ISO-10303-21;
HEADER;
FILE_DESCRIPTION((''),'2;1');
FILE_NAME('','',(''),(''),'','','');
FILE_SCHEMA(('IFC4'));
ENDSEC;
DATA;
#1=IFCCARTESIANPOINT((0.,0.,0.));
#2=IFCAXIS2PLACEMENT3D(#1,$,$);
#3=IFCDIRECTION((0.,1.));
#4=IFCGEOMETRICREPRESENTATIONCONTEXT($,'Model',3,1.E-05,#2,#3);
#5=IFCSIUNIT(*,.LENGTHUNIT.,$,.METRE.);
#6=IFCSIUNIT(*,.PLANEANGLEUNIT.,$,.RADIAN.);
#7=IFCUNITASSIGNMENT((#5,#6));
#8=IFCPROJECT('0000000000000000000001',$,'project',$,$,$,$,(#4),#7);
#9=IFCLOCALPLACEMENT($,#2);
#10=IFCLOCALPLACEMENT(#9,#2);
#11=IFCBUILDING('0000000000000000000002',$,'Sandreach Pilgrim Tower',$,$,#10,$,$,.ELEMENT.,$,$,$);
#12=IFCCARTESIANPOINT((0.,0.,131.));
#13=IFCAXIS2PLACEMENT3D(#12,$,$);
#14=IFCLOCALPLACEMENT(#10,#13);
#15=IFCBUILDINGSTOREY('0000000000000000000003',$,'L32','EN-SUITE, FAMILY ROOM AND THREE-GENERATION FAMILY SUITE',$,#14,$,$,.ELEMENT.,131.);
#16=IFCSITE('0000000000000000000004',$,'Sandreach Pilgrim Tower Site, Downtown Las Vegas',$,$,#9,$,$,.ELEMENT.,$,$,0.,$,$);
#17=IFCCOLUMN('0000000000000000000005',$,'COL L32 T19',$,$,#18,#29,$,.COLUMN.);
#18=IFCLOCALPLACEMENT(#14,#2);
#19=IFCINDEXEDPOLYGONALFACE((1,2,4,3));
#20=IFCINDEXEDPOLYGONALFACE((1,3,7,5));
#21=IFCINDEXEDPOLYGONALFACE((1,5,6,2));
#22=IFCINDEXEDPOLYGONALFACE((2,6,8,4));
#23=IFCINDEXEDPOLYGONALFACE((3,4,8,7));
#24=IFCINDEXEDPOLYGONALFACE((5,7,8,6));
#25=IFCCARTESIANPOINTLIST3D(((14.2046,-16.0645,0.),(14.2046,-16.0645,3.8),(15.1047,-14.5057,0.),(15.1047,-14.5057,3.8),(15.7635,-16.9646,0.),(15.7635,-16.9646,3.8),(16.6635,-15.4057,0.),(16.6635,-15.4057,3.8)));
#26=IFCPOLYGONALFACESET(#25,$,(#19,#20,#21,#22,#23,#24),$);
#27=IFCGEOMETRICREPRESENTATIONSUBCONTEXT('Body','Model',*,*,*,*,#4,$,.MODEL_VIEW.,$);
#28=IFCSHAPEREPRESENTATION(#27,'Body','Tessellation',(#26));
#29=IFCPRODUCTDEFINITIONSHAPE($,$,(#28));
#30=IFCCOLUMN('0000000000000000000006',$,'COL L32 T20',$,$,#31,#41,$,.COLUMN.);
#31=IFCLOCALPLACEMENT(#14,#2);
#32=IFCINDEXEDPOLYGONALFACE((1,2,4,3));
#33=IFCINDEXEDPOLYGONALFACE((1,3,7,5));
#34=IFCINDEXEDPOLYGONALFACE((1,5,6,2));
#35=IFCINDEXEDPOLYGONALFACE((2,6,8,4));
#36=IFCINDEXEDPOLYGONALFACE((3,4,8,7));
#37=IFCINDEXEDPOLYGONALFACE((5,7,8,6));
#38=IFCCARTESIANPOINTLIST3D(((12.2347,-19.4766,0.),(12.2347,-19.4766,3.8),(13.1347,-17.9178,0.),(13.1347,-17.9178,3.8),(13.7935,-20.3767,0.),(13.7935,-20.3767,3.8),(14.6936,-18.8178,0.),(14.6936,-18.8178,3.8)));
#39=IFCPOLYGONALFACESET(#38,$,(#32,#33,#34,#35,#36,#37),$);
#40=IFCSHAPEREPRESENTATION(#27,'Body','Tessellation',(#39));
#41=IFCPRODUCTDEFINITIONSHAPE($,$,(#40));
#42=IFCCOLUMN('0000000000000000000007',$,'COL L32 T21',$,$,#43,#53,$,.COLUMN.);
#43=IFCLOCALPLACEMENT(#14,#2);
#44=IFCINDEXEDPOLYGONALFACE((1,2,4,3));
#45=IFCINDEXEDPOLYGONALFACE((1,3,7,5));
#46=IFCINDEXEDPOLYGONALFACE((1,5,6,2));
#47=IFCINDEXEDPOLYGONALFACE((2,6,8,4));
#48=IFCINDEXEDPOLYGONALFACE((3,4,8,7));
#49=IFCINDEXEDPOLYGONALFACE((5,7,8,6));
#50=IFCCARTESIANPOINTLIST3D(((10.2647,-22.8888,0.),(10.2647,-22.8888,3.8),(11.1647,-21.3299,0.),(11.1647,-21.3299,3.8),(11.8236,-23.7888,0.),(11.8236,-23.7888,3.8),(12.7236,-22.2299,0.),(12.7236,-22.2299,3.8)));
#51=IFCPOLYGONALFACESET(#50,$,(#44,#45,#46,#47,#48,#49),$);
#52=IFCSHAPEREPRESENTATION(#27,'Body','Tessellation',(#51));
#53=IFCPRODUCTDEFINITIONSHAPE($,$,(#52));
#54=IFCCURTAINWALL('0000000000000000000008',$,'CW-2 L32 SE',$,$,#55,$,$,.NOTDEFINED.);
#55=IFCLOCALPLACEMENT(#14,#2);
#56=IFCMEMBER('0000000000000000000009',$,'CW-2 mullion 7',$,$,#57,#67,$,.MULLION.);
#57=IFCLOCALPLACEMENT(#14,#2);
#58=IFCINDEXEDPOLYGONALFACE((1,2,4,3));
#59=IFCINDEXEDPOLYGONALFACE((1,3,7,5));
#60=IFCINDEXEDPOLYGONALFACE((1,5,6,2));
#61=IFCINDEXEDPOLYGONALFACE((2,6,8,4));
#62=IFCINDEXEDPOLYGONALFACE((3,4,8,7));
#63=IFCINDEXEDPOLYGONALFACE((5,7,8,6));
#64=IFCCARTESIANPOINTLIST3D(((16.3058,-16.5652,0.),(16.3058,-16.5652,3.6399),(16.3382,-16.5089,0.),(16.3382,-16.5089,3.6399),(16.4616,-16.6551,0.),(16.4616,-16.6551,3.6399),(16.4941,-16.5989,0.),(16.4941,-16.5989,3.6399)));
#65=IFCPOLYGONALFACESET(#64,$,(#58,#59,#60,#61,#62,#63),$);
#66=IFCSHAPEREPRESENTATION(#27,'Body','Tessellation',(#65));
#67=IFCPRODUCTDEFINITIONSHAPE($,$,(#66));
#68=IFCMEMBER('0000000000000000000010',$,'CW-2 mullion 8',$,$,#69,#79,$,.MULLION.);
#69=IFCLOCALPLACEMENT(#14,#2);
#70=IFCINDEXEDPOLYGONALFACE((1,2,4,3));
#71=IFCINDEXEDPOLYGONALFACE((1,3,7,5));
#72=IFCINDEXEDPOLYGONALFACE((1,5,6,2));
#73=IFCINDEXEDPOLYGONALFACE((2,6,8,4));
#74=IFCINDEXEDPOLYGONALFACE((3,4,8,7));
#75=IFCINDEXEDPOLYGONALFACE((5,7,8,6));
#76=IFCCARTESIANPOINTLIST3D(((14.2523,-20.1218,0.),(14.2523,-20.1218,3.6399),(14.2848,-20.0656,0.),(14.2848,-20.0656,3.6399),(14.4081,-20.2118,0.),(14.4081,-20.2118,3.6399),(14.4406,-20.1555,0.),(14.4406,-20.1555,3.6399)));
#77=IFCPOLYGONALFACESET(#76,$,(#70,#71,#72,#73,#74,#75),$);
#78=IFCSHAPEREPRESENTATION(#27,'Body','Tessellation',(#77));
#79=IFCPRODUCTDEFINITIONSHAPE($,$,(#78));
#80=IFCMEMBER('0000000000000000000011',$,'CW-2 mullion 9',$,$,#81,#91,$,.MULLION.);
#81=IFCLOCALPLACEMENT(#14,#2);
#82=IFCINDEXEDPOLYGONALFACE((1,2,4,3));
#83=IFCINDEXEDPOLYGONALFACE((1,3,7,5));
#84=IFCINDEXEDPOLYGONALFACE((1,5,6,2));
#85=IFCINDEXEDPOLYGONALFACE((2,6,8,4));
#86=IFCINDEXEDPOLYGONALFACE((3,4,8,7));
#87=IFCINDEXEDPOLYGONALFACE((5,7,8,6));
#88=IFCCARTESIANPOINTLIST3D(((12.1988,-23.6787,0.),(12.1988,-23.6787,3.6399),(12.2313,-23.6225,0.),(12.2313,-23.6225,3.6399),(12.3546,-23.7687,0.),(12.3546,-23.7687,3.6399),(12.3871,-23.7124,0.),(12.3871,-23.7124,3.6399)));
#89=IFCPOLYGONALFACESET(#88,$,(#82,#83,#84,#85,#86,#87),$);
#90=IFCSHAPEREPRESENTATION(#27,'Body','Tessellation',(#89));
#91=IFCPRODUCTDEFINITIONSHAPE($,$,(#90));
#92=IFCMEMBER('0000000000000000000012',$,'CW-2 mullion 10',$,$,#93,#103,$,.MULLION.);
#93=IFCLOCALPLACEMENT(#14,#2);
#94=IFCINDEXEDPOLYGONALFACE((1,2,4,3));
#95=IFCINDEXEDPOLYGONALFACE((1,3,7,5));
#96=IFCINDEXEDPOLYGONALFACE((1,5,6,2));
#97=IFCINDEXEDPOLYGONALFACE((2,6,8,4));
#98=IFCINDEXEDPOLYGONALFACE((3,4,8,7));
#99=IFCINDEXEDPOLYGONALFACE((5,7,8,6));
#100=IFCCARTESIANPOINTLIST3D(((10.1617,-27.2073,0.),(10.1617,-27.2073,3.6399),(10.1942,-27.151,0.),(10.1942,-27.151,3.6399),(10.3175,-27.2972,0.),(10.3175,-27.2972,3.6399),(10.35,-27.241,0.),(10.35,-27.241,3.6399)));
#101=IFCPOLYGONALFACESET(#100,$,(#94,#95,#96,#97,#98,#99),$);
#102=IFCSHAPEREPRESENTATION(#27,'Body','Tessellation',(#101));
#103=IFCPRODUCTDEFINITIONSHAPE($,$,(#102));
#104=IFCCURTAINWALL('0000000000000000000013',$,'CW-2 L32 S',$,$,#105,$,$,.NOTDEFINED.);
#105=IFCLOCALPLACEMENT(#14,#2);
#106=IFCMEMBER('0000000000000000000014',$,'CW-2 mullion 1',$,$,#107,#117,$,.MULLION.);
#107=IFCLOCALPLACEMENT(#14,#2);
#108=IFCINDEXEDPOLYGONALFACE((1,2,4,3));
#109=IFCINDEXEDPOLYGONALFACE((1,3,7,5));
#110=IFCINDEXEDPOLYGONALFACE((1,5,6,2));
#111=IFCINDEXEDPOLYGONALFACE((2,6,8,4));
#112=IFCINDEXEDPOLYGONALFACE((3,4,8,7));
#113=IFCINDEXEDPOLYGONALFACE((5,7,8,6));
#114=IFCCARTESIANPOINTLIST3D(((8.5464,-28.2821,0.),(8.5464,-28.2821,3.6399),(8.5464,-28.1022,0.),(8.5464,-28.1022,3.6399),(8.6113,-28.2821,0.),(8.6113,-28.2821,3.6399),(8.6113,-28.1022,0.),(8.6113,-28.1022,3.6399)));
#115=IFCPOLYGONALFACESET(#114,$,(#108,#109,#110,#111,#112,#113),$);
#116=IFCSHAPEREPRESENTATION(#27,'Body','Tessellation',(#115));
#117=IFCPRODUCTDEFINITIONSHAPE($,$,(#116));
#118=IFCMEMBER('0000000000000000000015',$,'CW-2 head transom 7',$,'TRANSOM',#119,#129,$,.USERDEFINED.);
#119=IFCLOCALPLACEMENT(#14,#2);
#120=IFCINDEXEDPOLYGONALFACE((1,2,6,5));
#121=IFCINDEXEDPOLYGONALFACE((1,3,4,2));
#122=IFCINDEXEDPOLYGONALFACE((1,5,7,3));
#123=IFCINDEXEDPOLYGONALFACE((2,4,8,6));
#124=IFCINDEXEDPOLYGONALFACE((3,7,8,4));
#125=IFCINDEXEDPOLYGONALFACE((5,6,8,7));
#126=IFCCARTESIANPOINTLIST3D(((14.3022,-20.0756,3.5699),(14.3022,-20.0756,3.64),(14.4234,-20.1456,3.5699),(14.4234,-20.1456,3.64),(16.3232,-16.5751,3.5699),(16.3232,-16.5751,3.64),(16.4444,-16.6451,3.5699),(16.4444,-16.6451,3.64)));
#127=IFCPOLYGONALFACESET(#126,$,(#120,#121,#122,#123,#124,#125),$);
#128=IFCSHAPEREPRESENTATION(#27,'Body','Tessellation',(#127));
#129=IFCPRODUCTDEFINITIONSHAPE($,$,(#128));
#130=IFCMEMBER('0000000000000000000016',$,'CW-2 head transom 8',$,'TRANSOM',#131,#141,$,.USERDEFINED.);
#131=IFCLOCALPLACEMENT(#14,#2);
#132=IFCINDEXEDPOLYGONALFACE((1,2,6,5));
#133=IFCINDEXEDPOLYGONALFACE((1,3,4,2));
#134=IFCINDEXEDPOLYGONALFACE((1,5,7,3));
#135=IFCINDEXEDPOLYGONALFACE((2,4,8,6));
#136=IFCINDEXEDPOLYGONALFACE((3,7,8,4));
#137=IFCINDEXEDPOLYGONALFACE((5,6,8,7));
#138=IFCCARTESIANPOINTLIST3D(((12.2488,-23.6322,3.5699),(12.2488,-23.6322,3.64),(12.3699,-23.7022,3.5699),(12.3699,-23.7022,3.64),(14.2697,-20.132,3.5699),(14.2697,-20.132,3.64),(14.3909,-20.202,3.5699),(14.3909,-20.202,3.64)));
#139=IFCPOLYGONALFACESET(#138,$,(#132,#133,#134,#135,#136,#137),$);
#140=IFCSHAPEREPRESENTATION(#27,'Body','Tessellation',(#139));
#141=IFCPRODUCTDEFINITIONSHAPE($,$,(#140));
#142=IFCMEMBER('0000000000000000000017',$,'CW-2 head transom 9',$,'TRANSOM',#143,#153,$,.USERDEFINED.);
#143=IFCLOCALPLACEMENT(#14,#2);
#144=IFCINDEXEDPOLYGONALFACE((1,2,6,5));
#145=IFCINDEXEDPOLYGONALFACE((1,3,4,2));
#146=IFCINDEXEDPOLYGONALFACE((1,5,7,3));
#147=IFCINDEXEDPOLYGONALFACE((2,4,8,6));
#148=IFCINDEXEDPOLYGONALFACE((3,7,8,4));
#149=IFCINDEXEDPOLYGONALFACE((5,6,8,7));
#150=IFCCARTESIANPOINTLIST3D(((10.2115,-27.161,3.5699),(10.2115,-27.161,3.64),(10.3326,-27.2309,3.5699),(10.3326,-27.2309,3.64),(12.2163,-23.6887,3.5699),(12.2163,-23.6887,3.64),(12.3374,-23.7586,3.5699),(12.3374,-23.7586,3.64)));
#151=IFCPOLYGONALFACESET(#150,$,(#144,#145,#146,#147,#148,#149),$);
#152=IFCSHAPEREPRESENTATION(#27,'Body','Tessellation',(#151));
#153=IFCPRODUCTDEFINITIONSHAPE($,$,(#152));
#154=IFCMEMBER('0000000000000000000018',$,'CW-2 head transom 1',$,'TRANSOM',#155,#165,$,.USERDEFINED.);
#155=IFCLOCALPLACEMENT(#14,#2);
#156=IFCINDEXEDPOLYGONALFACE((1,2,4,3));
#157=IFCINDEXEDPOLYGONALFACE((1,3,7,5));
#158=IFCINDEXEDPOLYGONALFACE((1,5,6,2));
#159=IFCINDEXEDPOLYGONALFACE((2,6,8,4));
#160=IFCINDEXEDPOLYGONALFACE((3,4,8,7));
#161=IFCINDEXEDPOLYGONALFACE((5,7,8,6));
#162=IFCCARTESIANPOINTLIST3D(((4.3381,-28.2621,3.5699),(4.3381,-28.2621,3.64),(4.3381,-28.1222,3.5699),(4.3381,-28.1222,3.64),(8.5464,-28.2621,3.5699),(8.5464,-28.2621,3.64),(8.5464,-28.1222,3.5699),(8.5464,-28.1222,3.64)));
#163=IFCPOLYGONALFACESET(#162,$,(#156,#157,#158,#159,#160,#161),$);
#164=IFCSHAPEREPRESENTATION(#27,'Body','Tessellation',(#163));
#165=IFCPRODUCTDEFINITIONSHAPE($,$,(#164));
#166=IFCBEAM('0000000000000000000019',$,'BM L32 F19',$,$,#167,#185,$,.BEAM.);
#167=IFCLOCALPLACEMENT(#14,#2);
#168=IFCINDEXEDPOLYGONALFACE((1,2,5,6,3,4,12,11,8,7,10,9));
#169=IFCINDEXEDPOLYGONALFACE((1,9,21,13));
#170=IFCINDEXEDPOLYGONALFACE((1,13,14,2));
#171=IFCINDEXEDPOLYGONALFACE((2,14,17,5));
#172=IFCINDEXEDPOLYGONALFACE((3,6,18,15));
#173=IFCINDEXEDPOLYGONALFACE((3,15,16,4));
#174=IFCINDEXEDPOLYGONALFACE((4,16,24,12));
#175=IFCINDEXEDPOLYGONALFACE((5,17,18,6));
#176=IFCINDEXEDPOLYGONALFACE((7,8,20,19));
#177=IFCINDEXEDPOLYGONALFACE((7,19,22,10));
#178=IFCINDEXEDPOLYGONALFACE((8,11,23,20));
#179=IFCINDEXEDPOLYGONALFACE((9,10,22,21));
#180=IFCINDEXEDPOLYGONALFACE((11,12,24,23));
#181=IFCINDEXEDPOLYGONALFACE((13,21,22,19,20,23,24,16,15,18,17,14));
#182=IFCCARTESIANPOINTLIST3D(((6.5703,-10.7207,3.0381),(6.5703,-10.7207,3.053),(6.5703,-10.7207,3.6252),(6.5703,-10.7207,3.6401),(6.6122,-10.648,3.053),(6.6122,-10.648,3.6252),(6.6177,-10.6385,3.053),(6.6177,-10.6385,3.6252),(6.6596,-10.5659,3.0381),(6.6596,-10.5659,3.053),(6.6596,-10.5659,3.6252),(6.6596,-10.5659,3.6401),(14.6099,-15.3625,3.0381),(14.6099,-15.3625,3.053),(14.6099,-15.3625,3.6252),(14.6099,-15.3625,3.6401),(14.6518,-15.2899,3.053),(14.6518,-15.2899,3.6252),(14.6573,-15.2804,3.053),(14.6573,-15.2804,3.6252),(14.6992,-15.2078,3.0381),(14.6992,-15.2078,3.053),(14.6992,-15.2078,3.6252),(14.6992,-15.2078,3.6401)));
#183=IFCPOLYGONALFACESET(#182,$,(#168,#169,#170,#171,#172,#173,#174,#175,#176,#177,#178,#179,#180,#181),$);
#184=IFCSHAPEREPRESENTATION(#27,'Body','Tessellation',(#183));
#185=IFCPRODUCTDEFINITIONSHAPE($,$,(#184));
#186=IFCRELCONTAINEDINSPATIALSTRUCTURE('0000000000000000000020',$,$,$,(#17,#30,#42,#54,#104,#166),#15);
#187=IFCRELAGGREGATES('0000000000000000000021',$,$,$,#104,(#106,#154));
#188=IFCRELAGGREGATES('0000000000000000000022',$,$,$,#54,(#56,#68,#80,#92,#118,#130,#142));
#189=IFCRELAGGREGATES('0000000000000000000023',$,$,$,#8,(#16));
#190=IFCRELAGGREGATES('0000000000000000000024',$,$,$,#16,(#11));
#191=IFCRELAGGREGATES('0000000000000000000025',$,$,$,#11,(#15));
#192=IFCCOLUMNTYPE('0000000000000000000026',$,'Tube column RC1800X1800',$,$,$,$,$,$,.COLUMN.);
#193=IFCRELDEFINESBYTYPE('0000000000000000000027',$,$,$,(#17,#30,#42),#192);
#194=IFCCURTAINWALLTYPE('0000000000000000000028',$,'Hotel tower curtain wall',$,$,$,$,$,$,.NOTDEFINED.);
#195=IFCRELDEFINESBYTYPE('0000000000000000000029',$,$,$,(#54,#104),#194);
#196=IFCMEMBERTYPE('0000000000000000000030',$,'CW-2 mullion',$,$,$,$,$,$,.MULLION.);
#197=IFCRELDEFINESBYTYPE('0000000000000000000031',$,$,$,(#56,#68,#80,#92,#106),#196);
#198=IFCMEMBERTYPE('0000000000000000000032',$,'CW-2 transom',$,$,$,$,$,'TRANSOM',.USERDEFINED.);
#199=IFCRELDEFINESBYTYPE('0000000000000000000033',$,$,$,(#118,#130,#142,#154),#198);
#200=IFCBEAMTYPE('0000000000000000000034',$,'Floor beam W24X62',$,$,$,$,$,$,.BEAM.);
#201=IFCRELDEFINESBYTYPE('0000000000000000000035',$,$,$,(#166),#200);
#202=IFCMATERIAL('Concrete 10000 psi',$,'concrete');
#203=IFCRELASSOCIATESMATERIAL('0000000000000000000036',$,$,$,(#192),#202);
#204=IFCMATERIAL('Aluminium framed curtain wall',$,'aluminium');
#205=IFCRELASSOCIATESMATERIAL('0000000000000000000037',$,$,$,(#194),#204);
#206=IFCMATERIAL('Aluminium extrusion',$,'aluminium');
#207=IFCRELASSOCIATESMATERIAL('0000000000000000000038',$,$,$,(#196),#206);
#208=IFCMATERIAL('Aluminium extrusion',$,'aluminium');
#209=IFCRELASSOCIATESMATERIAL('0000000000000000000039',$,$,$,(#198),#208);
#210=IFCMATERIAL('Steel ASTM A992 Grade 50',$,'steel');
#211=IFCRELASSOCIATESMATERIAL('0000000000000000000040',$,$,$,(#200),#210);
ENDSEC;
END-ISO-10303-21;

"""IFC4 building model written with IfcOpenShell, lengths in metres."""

from ifc_helpers import new_model, si_unit, direction, frame, origin, origin_2d, place, context, subcontext, project, spatial, rectangle, i_section, extrude, material, material_profile, profile_set, type_object, element, aggregate, save


model = new_model("IFC4")

# Units and contexts
model_context = context("Model", 3, precision=1e-05, world=origin(), true_north=direction((0.0, 1.0)))
body_context = subcontext(model_context, "Body", "Model", "MODEL_VIEW")
ifc_project = project(units=[si_unit("LENGTHUNIT", "METRE"), si_unit("PLANEANGLEUNIT", "RADIAN")], contexts=[model_context])

# Site, building, storey
site_placement = place(None, origin())
site = spatial("IfcSite", under=ifc_project, at=site_placement, Name="Sandreach Pilgrim Tower Site, Downtown Las Vegas", CompositionType="ELEMENT", RefElevation=0.0)
building_placement = place(site_placement, origin())
building = spatial("IfcBuilding", under=site, at=building_placement, Name="Sandreach Pilgrim Tower", CompositionType="ELEMENT")
storey_placement = place(building_placement, frame((0.0, 0.0, 131.0)))
storey = spatial("IfcBuildingStorey", under=building, at=storey_placement, Name="L32", Description="EN-SUITE, FAMILY ROOM AND THREE-GENERATION FAMILY SUITE", CompositionType="ELEMENT", Elevation=131.0)

# Columns
ifc_material_1 = material(Name="Concrete 10000 psi", Category="concrete")
ifc_material_profile_1 = material_profile(ifc_material_1, rectangle(XDim=1.8, YDim=1.8, at=origin_2d()), Name="RC1800X1800")
ifc_profile_set_1 = profile_set([ifc_material_profile_1], Name="Concrete 10000 psi")
column_type = type_object("IfcColumnType", Name="Tube column RC1800X1800", PredefinedType="COLUMN", material=ifc_profile_set_1)
for number, where, z_axis, x_axis, name in (
    (1, (15.4341, -15.7351, 0.0), (0.0, 0.0, 1.0), (0.866025, -0.5, 0.0), "COL L32 T19"),
    (2, (13.4641, -19.1472, 0.0), (0.0, 0.0, 1.0), (0.866025, -0.5, 0.0), "COL L32 T20"),
    (3, (11.4941, -22.5593, 0.0), (0.0, 0.0, 1.0), (0.866025, -0.5, 0.0), "COL L32 T21"),
):
    element("IfcColumn", number, at=place(storey_placement, frame(where, z_axis=z_axis, x_axis=x_axis)), inside=storey, type_object=column_type, Name=name, PredefinedType="COLUMN", context=body_context, shape_type="SweptSolid", body=[
        extrude(rectangle(XDim=1.8, YDim=1.8, at=origin_2d()), origin(), (0.0, 0.0, 1.0), 3.8),
    ])

# Curtain wall, members
ifc_material_2 = material(Name="Aluminium framed curtain wall", Category="aluminium")
curtain_wall_type = type_object("IfcCurtainWallType", Name="Hotel tower curtain wall", PredefinedType="NOTDEFINED", material=ifc_material_2)
curtain_wall_1_placement = place(storey_placement, origin())
curtain_wall_1 = element("IfcCurtainWall", 4, at=curtain_wall_1_placement, inside=storey, type_object=curtain_wall_type, Name="CW-2 L32 SE", PredefinedType="NOTDEFINED")
ifc_material_3 = material(Name="Aluminium extrusion", Category="aluminium")
ifc_material_profile_2 = material_profile(ifc_material_3, rectangle(XDim=0.0649, YDim=0.1799, at=origin_2d()), Name="CW-2M 65X180")
ifc_profile_set_2 = profile_set([ifc_material_profile_2], Name="Aluminium extrusion")
member_type_1 = type_object("IfcMemberType", Name="CW-2 mullion", PredefinedType="MULLION", material=ifc_profile_set_2)
member_1_placement = place(storey_placement, frame((16.3999, -16.582, 0.0), z_axis=(0.0, 0.0, 1.0), x_axis=(-0.5, -0.866025, 0.0)))
member_1 = element("IfcMember", 5, at=member_1_placement, type_object=member_type_1, Name="CW-2 mullion 7", PredefinedType="MULLION", context=body_context, shape_type="SweptSolid", body=[
    extrude(rectangle(XDim=0.0649, YDim=0.1799, at=origin_2d()), origin(), (0.0, 0.0, 1.0), 3.6399),
])
member_2_placement = place(storey_placement, frame((14.3464, -20.1387, 0.0), z_axis=(0.0, 0.0, 1.0), x_axis=(-0.5, -0.866025, 0.0)))
member_2 = element("IfcMember", 6, at=member_2_placement, type_object=member_type_1, Name="CW-2 mullion 8", PredefinedType="MULLION", context=body_context, shape_type="SweptSolid", body=[
    extrude(rectangle(XDim=0.0649, YDim=0.1799, at=origin_2d()), origin(), (0.0, 0.0, 1.0), 3.6399),
])
member_3_placement = place(storey_placement, frame((12.293, -23.6956, 0.0), z_axis=(0.0, 0.0, 1.0), x_axis=(-0.5, -0.866025, 0.0)))
member_3 = element("IfcMember", 7, at=member_3_placement, type_object=member_type_1, Name="CW-2 mullion 9", PredefinedType="MULLION", context=body_context, shape_type="SweptSolid", body=[
    extrude(rectangle(XDim=0.0649, YDim=0.1799, at=origin_2d()), origin(), (0.0, 0.0, 1.0), 3.6399),
])
member_4_placement = place(storey_placement, frame((10.2559, -27.2241, 0.0), z_axis=(0.0, 0.0, 1.0), x_axis=(-0.5, -0.866025, 0.0)))
member_4 = element("IfcMember", 8, at=member_4_placement, type_object=member_type_1, Name="CW-2 mullion 10", PredefinedType="MULLION", context=body_context, shape_type="SweptSolid", body=[
    extrude(rectangle(XDim=0.0649, YDim=0.1799, at=origin_2d()), origin(), (0.0, 0.0, 1.0), 3.6399),
])

# Curtain wall, member
curtain_wall_2_placement = place(storey_placement, origin())
curtain_wall_2 = element("IfcCurtainWall", 9, at=curtain_wall_2_placement, inside=storey, type_object=curtain_wall_type, Name="CW-2 L32 S", PredefinedType="NOTDEFINED")
member_5_placement = place(storey_placement, frame((8.5789, -28.1921, 0.0), z_axis=(0.0, 0.0, 1.0), x_axis=(-1.0, 0.0, 0.0)))
member_5 = element("IfcMember", 10, at=member_5_placement, type_object=member_type_1, Name="CW-2 mullion 1", PredefinedType="MULLION", context=body_context, shape_type="SweptSolid", body=[
    extrude(rectangle(XDim=0.0649, YDim=0.1799, at=origin_2d()), origin(), (0.0, 0.0, 1.0), 3.6399),
])

# Members
ifc_material_4 = material(Name="Aluminium extrusion", Category="aluminium")
ifc_material_profile_3 = material_profile(ifc_material_4, rectangle(XDim=0.1399, YDim=0.0701, at=origin_2d()), Name="CW-2T 140X70")
ifc_profile_set_3 = profile_set([ifc_material_profile_3], Name="Aluminium extrusion")
member_type_2 = type_object("IfcMemberType", Name="CW-2 transom", ElementType="TRANSOM", PredefinedType="USERDEFINED", material=ifc_profile_set_3)
member_6_placement = place(storey_placement, frame((16.3838, -16.6101, 3.605), z_axis=(-0.499998, -0.866027, 0.0), x_axis=(0.866027, -0.499998, 0.0)))
member_6 = element("IfcMember", 11, at=member_6_placement, type_object=member_type_2, Name="CW-2 head transom 7", ObjectType="TRANSOM", PredefinedType="USERDEFINED", context=body_context, shape_type="SweptSolid", body=[
    extrude(rectangle(XDim=0.1399, YDim=0.0701, at=origin_2d()), origin(), (0.0, 0.0, 1.0), 4.042),
])
member_7_placement = place(storey_placement, frame((14.3303, -20.167, 3.605), z_axis=(-0.500024, -0.866012, 0.0), x_axis=(0.866012, -0.500024, 0.0)))
member_7 = element("IfcMember", 12, at=member_7_placement, type_object=member_type_2, Name="CW-2 head transom 8", ObjectType="TRANSOM", PredefinedType="USERDEFINED", context=body_context, shape_type="SweptSolid", body=[
    extrude(rectangle(XDim=0.1399, YDim=0.0701, at=origin_2d()), origin(), (0.0, 0.0, 1.0), 4.0417),
])
member_8_placement = place(storey_placement, frame((12.2769, -23.7236, 3.605), z_axis=(-0.500016, -0.866016, 0.0), x_axis=(0.866016, -0.500016, 0.0)))
member_8 = element("IfcMember", 13, at=member_8_placement, type_object=member_type_2, Name="CW-2 head transom 9", ObjectType="TRANSOM", PredefinedType="USERDEFINED", context=body_context, shape_type="SweptSolid", body=[
    extrude(rectangle(XDim=0.1399, YDim=0.0701, at=origin_2d()), origin(), (0.0, 0.0, 1.0), 4.0095),
])
member_9_placement = place(storey_placement, frame((8.5464, -28.1921, 3.605), z_axis=(-1.0, 0.0, 0.0), x_axis=(0.0, -1.0, 0.0)))
member_9 = element("IfcMember", 14, at=member_9_placement, type_object=member_type_2, Name="CW-2 head transom 1", ObjectType="TRANSOM", PredefinedType="USERDEFINED", context=body_context, shape_type="SweptSolid", body=[
    extrude(rectangle(XDim=0.1399, YDim=0.0701, at=origin_2d()), origin(), (0.0, 0.0, 1.0), 4.2083),
])
aggregate(curtain_wall_2, [member_5, member_9])

# Beam
ifc_material_5 = material(Name="Steel ASTM A992 Grade 50", Category="steel")
ifc_material_profile_4 = material_profile(ifc_material_5, i_section(OverallWidth=0.1787, OverallDepth=0.6021, WebThickness=0.011, FlangeThickness=0.0149, at=origin_2d()), Name="W24X62")
ifc_profile_set_4 = profile_set([ifc_material_profile_4], Name="Steel ASTM A992 Grade 50")
beam_type_1 = type_object("IfcBeamType", Name="Floor beam W24X62", PredefinedType="BEAM", material=ifc_profile_set_4)
beam_1_placement = place(storey_placement, frame((14.6545, -15.2852, 3.3391), z_axis=(-0.866016, 0.500017, 0.0), x_axis=(-0.500017, -0.866016, 0.0)))
element("IfcBeam", 15, at=beam_1_placement, inside=storey, type_object=beam_type_1, Name="BM L32 F19", PredefinedType="BEAM", context=body_context, shape_type="SweptSolid", body=[
    extrude(i_section(OverallWidth=0.1787, OverallDepth=0.6021, WebThickness=0.011, FlangeThickness=0.0149, at=origin_2d()), origin(), (0.0, 0.0, 1.0), 9.2834),
])

aggregate(curtain_wall_1, [member_1, member_2, member_3, member_4, member_6, member_7, member_8])

save(model, "model.ifc")
